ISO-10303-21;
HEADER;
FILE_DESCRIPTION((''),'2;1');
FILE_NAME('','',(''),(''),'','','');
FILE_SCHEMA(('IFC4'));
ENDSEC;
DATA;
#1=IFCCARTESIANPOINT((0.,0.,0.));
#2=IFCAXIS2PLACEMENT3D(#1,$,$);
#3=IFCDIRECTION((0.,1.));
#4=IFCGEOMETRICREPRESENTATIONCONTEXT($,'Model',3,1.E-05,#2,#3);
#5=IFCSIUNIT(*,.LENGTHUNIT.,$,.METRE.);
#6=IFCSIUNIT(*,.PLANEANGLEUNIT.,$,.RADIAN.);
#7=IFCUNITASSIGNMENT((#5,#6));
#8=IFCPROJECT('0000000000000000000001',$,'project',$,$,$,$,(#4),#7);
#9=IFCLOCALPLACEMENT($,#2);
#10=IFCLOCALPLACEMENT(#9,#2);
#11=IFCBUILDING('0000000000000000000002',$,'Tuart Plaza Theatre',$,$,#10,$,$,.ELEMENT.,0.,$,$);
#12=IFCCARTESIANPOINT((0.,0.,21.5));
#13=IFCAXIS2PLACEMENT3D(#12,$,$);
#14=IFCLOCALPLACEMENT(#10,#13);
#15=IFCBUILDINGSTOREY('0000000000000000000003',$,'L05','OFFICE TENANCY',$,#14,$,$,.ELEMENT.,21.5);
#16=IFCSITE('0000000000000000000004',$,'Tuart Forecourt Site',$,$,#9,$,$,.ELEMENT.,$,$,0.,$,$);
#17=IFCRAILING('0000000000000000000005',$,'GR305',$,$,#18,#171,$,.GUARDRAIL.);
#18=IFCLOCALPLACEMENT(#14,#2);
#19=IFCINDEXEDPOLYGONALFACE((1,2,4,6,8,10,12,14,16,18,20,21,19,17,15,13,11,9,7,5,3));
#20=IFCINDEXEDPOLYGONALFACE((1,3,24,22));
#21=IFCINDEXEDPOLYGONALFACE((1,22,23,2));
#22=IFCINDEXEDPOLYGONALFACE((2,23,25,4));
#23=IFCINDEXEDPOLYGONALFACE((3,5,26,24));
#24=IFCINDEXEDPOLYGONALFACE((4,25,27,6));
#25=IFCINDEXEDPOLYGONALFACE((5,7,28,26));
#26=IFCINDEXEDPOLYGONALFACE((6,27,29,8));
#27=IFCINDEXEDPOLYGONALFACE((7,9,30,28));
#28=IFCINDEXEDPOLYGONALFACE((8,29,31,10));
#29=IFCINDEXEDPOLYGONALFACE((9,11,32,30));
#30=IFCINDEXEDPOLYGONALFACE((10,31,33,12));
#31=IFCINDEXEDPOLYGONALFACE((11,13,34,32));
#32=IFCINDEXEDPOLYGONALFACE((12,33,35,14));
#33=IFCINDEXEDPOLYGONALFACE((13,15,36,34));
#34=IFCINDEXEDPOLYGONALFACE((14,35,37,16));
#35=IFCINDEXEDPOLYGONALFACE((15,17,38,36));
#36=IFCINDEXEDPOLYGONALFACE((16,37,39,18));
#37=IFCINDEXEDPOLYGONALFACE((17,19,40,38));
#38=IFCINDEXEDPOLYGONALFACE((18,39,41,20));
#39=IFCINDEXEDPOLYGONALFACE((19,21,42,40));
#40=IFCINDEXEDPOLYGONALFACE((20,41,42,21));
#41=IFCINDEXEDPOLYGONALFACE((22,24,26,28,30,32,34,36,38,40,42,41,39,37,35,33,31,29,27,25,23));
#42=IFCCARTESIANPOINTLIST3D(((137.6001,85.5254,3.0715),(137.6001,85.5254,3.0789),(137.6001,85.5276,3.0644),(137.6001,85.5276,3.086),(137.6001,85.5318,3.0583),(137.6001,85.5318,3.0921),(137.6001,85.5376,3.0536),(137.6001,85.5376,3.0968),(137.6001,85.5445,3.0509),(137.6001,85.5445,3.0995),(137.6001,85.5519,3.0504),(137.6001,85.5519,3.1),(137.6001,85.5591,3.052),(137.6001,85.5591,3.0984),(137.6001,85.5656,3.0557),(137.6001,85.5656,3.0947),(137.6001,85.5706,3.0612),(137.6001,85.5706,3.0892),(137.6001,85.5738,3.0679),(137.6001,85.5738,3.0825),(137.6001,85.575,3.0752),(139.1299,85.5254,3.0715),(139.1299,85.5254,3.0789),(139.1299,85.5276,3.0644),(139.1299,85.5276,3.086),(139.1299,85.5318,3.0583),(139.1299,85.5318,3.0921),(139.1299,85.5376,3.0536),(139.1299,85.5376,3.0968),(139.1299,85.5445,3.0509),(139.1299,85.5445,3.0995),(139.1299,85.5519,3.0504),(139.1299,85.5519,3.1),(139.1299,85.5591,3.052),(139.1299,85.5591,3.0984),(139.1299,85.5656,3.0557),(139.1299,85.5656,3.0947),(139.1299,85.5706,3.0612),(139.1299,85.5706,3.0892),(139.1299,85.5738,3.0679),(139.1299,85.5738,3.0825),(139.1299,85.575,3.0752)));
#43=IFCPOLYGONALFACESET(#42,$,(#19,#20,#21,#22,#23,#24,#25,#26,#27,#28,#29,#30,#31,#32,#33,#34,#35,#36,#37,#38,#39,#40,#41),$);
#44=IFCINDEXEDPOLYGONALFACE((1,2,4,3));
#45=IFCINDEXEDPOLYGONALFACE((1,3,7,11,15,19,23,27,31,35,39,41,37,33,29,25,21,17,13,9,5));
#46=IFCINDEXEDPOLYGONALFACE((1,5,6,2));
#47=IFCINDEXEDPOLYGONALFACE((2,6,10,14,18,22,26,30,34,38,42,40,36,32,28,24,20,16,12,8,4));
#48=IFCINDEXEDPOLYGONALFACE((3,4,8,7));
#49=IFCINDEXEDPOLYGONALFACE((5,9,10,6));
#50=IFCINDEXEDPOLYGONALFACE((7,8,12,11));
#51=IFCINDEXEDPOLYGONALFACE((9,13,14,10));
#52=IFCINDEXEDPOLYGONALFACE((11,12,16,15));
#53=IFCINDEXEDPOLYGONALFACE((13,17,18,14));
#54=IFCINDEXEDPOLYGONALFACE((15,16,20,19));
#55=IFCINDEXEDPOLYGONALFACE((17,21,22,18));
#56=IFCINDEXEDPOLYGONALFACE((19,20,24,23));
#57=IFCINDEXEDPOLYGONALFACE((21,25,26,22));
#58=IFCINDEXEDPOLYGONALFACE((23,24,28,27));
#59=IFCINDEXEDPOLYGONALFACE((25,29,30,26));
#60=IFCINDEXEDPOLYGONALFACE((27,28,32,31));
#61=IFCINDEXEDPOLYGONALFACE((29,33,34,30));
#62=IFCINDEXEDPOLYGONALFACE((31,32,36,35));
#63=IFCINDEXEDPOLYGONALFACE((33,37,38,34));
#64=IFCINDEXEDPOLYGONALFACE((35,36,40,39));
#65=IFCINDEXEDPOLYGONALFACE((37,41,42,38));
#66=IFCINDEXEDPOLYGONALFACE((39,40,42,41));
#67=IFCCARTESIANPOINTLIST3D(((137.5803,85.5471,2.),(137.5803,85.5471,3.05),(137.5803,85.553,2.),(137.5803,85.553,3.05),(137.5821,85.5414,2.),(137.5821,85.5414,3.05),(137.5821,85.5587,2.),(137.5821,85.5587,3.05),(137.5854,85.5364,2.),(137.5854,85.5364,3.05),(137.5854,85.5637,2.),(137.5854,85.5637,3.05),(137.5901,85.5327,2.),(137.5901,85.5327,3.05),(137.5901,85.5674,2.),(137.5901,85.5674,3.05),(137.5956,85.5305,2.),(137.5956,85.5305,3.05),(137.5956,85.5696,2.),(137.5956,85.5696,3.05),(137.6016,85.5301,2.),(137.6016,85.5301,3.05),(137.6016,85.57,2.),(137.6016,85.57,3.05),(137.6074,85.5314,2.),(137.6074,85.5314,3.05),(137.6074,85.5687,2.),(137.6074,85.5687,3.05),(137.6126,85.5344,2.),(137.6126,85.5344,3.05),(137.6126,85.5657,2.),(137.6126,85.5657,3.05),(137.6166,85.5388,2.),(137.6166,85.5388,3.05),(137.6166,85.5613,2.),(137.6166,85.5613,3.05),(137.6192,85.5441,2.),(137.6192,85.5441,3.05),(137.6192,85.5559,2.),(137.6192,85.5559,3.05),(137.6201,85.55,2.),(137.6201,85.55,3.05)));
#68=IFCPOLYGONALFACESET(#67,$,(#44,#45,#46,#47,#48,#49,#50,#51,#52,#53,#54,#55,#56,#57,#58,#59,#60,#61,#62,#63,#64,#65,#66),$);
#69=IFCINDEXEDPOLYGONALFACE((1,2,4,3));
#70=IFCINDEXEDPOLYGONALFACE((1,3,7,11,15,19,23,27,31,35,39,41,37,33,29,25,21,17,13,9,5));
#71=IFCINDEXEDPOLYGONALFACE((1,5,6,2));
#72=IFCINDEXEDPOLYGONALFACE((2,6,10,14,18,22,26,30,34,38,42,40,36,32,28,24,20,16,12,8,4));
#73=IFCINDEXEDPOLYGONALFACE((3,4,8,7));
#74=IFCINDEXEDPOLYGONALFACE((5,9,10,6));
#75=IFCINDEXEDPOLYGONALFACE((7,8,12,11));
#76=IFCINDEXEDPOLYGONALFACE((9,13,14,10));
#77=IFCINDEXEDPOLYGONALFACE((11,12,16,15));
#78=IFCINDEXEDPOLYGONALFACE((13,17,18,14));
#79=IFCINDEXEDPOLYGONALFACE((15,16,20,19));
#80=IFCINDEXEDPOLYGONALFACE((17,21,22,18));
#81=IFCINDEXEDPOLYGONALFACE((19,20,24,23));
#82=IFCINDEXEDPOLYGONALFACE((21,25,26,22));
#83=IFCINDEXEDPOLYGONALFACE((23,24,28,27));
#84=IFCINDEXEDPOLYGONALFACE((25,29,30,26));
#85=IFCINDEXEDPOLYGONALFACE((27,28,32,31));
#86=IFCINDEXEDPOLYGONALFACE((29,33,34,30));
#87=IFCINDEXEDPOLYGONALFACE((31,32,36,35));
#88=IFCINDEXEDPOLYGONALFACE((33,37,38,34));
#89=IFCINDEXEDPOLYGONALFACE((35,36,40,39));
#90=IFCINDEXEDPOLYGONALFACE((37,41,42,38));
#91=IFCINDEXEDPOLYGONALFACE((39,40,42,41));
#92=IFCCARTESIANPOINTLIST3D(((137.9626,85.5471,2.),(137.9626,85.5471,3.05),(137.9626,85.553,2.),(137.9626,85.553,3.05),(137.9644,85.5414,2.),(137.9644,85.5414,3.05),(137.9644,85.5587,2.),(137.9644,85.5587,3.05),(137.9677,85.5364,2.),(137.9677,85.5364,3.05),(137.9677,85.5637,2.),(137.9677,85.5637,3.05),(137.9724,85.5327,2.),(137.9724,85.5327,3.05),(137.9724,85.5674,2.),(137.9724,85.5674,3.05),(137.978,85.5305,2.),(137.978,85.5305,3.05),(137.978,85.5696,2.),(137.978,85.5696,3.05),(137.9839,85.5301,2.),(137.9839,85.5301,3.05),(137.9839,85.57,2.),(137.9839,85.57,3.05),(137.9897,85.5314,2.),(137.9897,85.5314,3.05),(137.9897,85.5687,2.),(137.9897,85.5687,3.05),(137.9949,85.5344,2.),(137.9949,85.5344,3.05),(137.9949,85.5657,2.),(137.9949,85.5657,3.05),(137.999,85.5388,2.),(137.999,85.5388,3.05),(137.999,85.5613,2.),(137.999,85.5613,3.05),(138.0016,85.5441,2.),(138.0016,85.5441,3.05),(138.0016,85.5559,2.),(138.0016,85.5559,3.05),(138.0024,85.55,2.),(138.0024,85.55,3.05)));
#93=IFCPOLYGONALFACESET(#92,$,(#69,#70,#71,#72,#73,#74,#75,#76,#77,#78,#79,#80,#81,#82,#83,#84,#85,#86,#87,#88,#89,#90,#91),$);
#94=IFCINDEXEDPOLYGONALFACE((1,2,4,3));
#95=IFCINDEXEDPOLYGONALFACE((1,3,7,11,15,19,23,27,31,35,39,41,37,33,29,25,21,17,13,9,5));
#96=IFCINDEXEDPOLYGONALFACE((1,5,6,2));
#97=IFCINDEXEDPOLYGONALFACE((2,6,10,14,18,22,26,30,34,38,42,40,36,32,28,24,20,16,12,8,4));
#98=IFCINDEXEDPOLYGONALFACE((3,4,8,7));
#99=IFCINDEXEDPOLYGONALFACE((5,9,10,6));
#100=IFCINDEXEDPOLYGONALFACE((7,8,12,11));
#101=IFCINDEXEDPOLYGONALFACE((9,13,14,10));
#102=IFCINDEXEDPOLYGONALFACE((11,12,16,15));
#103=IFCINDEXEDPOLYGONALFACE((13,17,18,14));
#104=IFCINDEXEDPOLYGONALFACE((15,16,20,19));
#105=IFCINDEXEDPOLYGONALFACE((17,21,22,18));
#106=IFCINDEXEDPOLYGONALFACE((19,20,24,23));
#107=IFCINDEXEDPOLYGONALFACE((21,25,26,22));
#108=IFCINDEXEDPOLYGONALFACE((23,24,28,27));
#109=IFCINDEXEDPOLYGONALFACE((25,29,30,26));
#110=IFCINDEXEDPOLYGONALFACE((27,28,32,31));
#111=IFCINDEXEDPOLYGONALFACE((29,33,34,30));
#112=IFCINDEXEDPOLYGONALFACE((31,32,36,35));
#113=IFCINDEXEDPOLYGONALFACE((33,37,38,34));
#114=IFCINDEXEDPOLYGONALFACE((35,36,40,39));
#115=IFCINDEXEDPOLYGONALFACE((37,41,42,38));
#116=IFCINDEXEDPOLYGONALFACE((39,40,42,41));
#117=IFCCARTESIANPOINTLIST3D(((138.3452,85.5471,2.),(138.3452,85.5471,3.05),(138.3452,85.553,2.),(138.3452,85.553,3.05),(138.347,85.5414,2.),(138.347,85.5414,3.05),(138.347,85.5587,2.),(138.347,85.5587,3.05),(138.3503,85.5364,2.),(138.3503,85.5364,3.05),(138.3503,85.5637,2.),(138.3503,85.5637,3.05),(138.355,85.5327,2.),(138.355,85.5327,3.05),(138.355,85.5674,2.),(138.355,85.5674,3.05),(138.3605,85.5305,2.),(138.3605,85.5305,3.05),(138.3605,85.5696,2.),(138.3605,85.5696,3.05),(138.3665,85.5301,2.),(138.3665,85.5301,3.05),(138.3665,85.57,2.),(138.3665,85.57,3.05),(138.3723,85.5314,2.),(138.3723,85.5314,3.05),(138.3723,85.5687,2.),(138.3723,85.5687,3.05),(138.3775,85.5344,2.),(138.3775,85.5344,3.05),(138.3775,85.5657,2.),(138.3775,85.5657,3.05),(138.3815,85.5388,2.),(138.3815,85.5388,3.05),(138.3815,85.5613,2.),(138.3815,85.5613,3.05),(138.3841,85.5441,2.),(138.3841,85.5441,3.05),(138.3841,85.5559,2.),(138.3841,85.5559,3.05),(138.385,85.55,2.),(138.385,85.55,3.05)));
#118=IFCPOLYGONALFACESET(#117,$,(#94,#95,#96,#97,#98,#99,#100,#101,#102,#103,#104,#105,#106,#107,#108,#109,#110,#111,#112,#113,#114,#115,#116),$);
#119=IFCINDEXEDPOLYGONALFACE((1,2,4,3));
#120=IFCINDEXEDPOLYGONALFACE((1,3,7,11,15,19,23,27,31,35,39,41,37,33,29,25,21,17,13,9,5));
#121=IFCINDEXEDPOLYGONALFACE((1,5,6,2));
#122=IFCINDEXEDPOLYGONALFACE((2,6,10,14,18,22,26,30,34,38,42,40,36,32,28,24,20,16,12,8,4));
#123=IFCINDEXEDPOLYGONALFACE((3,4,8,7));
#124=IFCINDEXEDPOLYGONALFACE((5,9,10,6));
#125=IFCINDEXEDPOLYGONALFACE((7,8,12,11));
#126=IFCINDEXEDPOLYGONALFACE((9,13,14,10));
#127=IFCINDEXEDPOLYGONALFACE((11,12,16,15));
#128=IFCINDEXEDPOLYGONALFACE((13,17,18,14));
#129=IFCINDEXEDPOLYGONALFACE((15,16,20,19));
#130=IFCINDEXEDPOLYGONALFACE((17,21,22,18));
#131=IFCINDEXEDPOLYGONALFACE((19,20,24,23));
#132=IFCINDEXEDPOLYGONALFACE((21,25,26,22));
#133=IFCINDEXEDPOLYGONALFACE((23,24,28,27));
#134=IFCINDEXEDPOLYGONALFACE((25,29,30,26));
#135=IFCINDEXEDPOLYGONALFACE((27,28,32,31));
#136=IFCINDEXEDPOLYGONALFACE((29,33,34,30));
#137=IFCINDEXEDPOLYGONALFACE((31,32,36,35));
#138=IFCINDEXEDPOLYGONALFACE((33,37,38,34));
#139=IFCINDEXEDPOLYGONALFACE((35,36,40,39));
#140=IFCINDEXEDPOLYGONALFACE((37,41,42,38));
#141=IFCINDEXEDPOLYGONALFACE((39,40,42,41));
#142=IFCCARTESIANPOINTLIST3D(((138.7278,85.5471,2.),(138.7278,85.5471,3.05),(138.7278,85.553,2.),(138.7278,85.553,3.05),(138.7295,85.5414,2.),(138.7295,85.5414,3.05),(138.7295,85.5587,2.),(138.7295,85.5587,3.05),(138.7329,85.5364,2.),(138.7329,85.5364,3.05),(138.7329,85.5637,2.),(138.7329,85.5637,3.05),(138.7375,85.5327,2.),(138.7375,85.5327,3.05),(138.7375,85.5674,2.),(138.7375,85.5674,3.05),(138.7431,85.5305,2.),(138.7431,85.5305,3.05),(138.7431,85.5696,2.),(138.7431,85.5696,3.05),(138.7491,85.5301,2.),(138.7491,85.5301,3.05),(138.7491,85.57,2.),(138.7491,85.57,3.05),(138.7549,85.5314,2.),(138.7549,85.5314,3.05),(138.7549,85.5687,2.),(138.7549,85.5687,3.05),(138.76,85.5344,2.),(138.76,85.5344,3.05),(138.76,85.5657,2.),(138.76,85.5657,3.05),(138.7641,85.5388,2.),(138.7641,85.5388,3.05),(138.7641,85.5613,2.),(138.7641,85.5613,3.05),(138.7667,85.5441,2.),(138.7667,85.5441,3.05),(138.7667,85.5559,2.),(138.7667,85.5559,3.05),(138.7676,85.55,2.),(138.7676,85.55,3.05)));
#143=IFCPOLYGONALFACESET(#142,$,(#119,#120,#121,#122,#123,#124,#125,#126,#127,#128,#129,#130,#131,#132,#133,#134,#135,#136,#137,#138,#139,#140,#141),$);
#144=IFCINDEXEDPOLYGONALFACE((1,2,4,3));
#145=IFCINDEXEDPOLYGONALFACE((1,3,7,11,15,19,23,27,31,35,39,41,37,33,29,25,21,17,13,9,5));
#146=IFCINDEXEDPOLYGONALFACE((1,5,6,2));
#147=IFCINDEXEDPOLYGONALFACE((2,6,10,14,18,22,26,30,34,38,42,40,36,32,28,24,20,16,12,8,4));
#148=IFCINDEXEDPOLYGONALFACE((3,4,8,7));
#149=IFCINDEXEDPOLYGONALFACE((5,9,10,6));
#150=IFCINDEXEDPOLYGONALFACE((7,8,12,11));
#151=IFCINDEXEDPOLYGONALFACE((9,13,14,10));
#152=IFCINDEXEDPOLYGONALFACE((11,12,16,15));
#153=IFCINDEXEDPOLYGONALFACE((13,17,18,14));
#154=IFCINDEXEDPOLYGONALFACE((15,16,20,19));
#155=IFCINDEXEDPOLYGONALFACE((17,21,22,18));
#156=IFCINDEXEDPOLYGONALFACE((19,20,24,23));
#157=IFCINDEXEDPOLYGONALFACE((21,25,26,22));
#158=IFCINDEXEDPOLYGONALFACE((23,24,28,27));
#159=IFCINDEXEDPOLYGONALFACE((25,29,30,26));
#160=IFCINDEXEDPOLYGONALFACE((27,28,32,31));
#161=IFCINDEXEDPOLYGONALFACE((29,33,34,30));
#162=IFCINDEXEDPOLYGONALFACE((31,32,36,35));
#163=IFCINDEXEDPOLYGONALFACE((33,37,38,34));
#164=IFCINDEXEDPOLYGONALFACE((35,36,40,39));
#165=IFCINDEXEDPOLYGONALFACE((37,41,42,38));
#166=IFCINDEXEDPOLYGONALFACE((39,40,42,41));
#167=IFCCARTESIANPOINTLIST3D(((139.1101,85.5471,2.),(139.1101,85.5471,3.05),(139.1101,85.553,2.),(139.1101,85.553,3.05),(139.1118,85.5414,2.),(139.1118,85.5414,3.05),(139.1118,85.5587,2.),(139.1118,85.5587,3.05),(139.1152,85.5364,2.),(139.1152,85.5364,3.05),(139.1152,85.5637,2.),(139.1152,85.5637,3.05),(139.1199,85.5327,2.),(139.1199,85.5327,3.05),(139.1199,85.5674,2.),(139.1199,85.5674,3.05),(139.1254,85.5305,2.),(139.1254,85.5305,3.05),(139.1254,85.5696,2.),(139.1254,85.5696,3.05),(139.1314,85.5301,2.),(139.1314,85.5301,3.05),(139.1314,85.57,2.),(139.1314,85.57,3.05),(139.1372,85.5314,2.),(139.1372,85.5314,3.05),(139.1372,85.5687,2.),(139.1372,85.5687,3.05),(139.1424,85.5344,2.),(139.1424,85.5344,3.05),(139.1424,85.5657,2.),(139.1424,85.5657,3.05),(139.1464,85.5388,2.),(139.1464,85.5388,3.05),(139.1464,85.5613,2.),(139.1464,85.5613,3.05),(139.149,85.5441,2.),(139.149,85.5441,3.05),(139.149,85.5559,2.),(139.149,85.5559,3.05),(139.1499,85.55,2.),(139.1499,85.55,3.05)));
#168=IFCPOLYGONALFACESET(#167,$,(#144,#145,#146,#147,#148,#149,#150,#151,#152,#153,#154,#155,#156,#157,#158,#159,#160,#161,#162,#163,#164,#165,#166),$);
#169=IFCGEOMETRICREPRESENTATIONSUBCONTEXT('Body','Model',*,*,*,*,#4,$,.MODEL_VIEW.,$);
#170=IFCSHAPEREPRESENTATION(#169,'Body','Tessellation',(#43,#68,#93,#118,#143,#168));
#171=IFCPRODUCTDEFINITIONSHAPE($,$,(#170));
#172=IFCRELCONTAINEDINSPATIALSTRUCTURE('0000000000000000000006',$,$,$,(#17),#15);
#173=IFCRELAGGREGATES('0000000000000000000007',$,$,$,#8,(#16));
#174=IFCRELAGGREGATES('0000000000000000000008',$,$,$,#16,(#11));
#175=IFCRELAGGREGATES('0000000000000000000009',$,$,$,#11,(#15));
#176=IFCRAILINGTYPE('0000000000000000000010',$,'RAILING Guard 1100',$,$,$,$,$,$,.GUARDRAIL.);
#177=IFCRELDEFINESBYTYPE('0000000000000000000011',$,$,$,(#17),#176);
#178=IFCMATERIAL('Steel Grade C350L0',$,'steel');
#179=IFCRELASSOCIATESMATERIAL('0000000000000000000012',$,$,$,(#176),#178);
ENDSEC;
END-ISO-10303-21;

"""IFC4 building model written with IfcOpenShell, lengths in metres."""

from ifc_helpers import new_model, si_unit, direction, frame, origin, origin_2d, place, context, subcontext, project, spatial, circle, extrude, material, type_object, element, save


model = new_model("IFC4")

# Units and contexts
model_context = context("Model", 3, precision=1e-05, world=origin(), true_north=direction((0.0, 1.0)))
body_context = subcontext(model_context, "Body", "Model", "MODEL_VIEW")
ifc_project = project(units=[si_unit("LENGTHUNIT", "METRE"), si_unit("PLANEANGLEUNIT", "RADIAN")], contexts=[model_context])

# Site, building, storey
site_placement = place(None, origin())
site = spatial("IfcSite", under=ifc_project, at=site_placement, Name="Tuart Forecourt Site", CompositionType="ELEMENT", RefElevation=0.0)
building_placement = place(site_placement, origin())
building = spatial("IfcBuilding", under=site, at=building_placement, Name="Tuart Plaza Theatre", CompositionType="ELEMENT", ElevationOfRefHeight=0.0)
storey_placement = place(building_placement, frame((0.0, 0.0, 21.5)))
storey = spatial("IfcBuildingStorey", under=building, at=storey_placement, Name="L05", Description="OFFICE TENANCY", CompositionType="ELEMENT", Elevation=21.5)

# Railing
ifc_material_1 = material(Name="Steel Grade C350L0", Category="steel")
railing_type_1 = type_object("IfcRailingType", Name="RAILING Guard 1100", PredefinedType="GUARDRAIL", material=ifc_material_1)
railing_1_placement = place(storey_placement, frame((137.6001, 85.55, 2.0)))
element("IfcRailing", 1, at=railing_1_placement, inside=storey, type_object=railing_type_1, Name="GR305", PredefinedType="GUARDRAIL", context=body_context, shape_type="SweptSolid", body=[
    extrude(circle(Radius=0.0249, at=origin_2d()), frame((0.0, 0.0, 1.0752), z_axis=(1.0, 0.0, 0.0), x_axis=(0.0, 1.0, 0.0)), (0.0, 0.0, 1.0), 1.5298),
    extrude(circle(Radius=0.02, at=origin_2d()), origin(), (0.0, 0.0, 1.0), 1.05),
    extrude(circle(Radius=0.02, at=origin_2d()), frame((0.3823, 0.0, 0.0)), (0.0, 0.0, 1.0), 1.05),
    extrude(circle(Radius=0.02, at=origin_2d()), frame((0.7649, 0.0, 0.0)), (0.0, 0.0, 1.0), 1.05),
    extrude(circle(Radius=0.02, at=origin_2d()), frame((1.1475, 0.0, 0.0)), (0.0, 0.0, 1.0), 1.05),
    extrude(circle(Radius=0.02, at=origin_2d()), frame((1.5298, 0.0, 0.0)), (0.0, 0.0, 1.0), 1.05),
])

save(model, "model.ifc")
